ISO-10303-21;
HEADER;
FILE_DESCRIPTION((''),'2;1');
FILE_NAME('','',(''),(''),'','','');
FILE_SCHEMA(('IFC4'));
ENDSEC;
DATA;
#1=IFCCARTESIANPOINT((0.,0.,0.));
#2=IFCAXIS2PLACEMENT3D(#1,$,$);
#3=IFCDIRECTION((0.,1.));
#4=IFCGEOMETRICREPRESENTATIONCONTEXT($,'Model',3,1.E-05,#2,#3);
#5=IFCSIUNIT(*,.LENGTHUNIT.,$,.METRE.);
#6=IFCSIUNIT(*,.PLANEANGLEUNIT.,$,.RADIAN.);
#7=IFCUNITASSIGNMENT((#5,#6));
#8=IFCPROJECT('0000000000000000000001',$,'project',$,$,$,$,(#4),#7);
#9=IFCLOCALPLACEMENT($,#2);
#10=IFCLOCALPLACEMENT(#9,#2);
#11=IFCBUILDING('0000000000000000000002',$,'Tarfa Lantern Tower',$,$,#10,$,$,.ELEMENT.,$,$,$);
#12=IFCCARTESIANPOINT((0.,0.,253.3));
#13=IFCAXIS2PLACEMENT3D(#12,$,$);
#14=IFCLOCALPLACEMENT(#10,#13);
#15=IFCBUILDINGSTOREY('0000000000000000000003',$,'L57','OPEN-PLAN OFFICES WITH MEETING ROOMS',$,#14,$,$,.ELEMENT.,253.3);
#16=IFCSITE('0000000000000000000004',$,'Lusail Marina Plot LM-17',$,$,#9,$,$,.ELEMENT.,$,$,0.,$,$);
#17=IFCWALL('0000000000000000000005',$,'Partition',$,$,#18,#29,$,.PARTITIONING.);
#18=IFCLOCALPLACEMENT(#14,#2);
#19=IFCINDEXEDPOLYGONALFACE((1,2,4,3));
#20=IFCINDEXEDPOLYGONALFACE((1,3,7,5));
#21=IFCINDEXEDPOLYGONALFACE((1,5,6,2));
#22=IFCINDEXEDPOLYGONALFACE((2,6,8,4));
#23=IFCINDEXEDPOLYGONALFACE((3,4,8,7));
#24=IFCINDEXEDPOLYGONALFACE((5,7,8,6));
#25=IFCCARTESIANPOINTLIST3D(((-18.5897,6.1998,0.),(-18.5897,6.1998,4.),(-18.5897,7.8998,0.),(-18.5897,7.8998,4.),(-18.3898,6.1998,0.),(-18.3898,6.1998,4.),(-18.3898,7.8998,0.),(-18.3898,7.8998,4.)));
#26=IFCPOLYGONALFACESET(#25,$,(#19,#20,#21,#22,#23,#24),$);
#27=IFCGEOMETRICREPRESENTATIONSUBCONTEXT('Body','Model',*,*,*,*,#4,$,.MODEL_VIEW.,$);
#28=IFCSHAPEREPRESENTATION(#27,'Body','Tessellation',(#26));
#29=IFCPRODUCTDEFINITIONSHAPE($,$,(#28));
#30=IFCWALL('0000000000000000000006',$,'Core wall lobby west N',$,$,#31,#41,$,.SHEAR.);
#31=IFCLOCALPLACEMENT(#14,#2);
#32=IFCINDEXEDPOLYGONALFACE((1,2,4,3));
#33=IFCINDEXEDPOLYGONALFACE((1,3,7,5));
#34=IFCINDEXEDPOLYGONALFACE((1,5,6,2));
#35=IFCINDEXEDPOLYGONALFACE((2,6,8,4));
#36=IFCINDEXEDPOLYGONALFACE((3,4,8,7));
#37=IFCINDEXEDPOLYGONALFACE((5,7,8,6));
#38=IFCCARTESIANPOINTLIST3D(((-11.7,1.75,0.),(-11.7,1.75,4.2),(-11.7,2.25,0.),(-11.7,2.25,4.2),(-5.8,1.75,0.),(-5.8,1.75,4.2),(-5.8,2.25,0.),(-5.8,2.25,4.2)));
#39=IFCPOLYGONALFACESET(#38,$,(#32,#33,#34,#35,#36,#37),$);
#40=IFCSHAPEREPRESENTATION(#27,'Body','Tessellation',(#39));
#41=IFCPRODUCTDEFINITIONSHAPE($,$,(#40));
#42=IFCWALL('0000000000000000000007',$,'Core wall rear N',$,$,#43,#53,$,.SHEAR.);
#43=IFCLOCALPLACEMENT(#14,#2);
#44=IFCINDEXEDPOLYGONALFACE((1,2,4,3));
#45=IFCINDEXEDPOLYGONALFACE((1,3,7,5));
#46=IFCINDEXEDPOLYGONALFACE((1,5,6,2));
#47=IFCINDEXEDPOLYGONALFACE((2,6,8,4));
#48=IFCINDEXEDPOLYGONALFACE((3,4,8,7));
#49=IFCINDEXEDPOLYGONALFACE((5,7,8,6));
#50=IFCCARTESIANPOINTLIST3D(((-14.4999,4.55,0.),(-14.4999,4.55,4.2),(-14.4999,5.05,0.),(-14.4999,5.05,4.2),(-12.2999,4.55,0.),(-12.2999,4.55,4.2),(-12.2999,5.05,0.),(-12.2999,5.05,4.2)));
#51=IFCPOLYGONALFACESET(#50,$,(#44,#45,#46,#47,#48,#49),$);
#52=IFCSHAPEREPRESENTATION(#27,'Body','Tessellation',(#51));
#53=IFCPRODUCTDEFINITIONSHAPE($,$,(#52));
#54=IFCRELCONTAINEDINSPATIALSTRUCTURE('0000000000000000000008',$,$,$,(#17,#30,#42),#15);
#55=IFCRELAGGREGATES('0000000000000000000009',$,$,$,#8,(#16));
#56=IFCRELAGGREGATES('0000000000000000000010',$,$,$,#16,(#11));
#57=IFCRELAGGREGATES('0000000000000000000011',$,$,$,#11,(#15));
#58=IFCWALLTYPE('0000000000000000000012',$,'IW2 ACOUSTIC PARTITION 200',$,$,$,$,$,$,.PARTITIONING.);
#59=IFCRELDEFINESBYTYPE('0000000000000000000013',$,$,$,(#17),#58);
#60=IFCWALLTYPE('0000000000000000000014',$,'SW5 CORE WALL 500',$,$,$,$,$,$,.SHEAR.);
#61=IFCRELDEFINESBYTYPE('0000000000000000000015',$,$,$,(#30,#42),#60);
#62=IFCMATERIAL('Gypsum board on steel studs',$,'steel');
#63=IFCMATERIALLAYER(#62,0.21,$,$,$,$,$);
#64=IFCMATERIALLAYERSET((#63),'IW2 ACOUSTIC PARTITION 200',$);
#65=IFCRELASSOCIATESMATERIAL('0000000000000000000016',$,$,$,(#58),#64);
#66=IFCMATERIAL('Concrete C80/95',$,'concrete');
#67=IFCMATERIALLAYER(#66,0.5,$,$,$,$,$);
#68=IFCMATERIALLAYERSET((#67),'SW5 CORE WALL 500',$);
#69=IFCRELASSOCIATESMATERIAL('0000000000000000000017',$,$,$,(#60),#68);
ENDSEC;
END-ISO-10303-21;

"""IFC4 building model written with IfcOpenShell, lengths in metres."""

from ifc_helpers import new_model, si_unit, direction, frame, frame_2d, origin, place, context, subcontext, project, spatial, rectangle, extrude, material, layer, layer_set, type_object, element, save


model = new_model("IFC4")

# Units and contexts
model_context = context("Model", 3, precision=1e-05, world=origin(), true_north=direction((0.0, 1.0)))
body_context = subcontext(model_context, "Body", "Model", "MODEL_VIEW")
ifc_project = project(units=[si_unit("LENGTHUNIT", "METRE"), si_unit("PLANEANGLEUNIT", "RADIAN")], contexts=[model_context])

# Site, building, storey
site_placement = place(None, origin())
site = spatial("IfcSite", under=ifc_project, at=site_placement, Name="Lusail Marina Plot LM-17", CompositionType="ELEMENT", RefElevation=0.0)
building_placement = place(site_placement, origin())
building = spatial("IfcBuilding", under=site, at=building_placement, Name="Tarfa Lantern Tower", CompositionType="ELEMENT")
storey_placement = place(building_placement, frame((0.0, 0.0, 253.3)))
storey = spatial("IfcBuildingStorey", under=building, at=storey_placement, Name="L57", Description="OPEN-PLAN OFFICES WITH MEETING ROOMS", CompositionType="ELEMENT", Elevation=253.3)

# Shared definitions
ifc_material_1 = material(Name="Gypsum board on steel studs", Category="steel")
ifc_layer_1 = layer(ifc_material_1, 0.21)
ifc_layer_set_1 = layer_set([ifc_layer_1], Name="IW2 ACOUSTIC PARTITION 200")
wall_type_1 = type_object("IfcWallType", Name="IW2 ACOUSTIC PARTITION 200", PredefinedType="PARTITIONING", material=ifc_layer_set_1)

# Wall
wall_1_placement = place(storey_placement, frame((-18.4897, 7.8999, 0.0), z_axis=(0.0, 0.0, 1.0), x_axis=(0.0, -1.0, 0.0)))
element("IfcWall", 1, at=wall_1_placement, inside=storey, type_object=wall_type_1, Name="Partition", PredefinedType="PARTITIONING", context=body_context, shape_type="SweptSolid", body=[
    extrude(rectangle(XDim=1.7, YDim=0.2, at=frame_2d((0.8501, 0.0))), origin(), (0.0, 0.0, 1.0), 4.0),
])

# Shared definitions
ifc_material_2 = material(Name="Concrete C80/95", Category="concrete")

# Walls
ifc_layer_2 = layer(ifc_material_2, 0.5)
ifc_layer_set_2 = layer_set([ifc_layer_2], Name="SW5 CORE WALL 500")
wall_type_2 = type_object("IfcWallType", Name="SW5 CORE WALL 500", PredefinedType="SHEAR", material=ifc_layer_set_2)
wall_2_placement = place(storey_placement, frame((-11.7, 2.0, 0.0), z_axis=(0.0, 0.0, 1.0), x_axis=(1.0, 0.0, 0.0)))
element("IfcWall", 2, at=wall_2_placement, inside=storey, type_object=wall_type_2, Name="Core wall lobby west N", PredefinedType="SHEAR", context=body_context, shape_type="SweptSolid", body=[
    extrude(rectangle(XDim=5.8999, YDim=0.5, at=frame_2d((2.95, 0.0))), origin(), (0.0, 0.0, 1.0), 4.2),
])
wall_3_placement = place(storey_placement, frame((-14.5, 4.8, 0.0), z_axis=(0.0, 0.0, 1.0), x_axis=(1.0, 0.0, 0.0)))
element("IfcWall", 3, at=wall_3_placement, inside=storey, type_object=wall_type_2, Name="Core wall rear N", PredefinedType="SHEAR", context=body_context, shape_type="SweptSolid", body=[
    extrude(rectangle(XDim=2.2, YDim=0.5, at=frame_2d((1.1001, 0.0))), origin(), (0.0, 0.0, 1.0), 4.2),
])

save(model, "model.ifc")
